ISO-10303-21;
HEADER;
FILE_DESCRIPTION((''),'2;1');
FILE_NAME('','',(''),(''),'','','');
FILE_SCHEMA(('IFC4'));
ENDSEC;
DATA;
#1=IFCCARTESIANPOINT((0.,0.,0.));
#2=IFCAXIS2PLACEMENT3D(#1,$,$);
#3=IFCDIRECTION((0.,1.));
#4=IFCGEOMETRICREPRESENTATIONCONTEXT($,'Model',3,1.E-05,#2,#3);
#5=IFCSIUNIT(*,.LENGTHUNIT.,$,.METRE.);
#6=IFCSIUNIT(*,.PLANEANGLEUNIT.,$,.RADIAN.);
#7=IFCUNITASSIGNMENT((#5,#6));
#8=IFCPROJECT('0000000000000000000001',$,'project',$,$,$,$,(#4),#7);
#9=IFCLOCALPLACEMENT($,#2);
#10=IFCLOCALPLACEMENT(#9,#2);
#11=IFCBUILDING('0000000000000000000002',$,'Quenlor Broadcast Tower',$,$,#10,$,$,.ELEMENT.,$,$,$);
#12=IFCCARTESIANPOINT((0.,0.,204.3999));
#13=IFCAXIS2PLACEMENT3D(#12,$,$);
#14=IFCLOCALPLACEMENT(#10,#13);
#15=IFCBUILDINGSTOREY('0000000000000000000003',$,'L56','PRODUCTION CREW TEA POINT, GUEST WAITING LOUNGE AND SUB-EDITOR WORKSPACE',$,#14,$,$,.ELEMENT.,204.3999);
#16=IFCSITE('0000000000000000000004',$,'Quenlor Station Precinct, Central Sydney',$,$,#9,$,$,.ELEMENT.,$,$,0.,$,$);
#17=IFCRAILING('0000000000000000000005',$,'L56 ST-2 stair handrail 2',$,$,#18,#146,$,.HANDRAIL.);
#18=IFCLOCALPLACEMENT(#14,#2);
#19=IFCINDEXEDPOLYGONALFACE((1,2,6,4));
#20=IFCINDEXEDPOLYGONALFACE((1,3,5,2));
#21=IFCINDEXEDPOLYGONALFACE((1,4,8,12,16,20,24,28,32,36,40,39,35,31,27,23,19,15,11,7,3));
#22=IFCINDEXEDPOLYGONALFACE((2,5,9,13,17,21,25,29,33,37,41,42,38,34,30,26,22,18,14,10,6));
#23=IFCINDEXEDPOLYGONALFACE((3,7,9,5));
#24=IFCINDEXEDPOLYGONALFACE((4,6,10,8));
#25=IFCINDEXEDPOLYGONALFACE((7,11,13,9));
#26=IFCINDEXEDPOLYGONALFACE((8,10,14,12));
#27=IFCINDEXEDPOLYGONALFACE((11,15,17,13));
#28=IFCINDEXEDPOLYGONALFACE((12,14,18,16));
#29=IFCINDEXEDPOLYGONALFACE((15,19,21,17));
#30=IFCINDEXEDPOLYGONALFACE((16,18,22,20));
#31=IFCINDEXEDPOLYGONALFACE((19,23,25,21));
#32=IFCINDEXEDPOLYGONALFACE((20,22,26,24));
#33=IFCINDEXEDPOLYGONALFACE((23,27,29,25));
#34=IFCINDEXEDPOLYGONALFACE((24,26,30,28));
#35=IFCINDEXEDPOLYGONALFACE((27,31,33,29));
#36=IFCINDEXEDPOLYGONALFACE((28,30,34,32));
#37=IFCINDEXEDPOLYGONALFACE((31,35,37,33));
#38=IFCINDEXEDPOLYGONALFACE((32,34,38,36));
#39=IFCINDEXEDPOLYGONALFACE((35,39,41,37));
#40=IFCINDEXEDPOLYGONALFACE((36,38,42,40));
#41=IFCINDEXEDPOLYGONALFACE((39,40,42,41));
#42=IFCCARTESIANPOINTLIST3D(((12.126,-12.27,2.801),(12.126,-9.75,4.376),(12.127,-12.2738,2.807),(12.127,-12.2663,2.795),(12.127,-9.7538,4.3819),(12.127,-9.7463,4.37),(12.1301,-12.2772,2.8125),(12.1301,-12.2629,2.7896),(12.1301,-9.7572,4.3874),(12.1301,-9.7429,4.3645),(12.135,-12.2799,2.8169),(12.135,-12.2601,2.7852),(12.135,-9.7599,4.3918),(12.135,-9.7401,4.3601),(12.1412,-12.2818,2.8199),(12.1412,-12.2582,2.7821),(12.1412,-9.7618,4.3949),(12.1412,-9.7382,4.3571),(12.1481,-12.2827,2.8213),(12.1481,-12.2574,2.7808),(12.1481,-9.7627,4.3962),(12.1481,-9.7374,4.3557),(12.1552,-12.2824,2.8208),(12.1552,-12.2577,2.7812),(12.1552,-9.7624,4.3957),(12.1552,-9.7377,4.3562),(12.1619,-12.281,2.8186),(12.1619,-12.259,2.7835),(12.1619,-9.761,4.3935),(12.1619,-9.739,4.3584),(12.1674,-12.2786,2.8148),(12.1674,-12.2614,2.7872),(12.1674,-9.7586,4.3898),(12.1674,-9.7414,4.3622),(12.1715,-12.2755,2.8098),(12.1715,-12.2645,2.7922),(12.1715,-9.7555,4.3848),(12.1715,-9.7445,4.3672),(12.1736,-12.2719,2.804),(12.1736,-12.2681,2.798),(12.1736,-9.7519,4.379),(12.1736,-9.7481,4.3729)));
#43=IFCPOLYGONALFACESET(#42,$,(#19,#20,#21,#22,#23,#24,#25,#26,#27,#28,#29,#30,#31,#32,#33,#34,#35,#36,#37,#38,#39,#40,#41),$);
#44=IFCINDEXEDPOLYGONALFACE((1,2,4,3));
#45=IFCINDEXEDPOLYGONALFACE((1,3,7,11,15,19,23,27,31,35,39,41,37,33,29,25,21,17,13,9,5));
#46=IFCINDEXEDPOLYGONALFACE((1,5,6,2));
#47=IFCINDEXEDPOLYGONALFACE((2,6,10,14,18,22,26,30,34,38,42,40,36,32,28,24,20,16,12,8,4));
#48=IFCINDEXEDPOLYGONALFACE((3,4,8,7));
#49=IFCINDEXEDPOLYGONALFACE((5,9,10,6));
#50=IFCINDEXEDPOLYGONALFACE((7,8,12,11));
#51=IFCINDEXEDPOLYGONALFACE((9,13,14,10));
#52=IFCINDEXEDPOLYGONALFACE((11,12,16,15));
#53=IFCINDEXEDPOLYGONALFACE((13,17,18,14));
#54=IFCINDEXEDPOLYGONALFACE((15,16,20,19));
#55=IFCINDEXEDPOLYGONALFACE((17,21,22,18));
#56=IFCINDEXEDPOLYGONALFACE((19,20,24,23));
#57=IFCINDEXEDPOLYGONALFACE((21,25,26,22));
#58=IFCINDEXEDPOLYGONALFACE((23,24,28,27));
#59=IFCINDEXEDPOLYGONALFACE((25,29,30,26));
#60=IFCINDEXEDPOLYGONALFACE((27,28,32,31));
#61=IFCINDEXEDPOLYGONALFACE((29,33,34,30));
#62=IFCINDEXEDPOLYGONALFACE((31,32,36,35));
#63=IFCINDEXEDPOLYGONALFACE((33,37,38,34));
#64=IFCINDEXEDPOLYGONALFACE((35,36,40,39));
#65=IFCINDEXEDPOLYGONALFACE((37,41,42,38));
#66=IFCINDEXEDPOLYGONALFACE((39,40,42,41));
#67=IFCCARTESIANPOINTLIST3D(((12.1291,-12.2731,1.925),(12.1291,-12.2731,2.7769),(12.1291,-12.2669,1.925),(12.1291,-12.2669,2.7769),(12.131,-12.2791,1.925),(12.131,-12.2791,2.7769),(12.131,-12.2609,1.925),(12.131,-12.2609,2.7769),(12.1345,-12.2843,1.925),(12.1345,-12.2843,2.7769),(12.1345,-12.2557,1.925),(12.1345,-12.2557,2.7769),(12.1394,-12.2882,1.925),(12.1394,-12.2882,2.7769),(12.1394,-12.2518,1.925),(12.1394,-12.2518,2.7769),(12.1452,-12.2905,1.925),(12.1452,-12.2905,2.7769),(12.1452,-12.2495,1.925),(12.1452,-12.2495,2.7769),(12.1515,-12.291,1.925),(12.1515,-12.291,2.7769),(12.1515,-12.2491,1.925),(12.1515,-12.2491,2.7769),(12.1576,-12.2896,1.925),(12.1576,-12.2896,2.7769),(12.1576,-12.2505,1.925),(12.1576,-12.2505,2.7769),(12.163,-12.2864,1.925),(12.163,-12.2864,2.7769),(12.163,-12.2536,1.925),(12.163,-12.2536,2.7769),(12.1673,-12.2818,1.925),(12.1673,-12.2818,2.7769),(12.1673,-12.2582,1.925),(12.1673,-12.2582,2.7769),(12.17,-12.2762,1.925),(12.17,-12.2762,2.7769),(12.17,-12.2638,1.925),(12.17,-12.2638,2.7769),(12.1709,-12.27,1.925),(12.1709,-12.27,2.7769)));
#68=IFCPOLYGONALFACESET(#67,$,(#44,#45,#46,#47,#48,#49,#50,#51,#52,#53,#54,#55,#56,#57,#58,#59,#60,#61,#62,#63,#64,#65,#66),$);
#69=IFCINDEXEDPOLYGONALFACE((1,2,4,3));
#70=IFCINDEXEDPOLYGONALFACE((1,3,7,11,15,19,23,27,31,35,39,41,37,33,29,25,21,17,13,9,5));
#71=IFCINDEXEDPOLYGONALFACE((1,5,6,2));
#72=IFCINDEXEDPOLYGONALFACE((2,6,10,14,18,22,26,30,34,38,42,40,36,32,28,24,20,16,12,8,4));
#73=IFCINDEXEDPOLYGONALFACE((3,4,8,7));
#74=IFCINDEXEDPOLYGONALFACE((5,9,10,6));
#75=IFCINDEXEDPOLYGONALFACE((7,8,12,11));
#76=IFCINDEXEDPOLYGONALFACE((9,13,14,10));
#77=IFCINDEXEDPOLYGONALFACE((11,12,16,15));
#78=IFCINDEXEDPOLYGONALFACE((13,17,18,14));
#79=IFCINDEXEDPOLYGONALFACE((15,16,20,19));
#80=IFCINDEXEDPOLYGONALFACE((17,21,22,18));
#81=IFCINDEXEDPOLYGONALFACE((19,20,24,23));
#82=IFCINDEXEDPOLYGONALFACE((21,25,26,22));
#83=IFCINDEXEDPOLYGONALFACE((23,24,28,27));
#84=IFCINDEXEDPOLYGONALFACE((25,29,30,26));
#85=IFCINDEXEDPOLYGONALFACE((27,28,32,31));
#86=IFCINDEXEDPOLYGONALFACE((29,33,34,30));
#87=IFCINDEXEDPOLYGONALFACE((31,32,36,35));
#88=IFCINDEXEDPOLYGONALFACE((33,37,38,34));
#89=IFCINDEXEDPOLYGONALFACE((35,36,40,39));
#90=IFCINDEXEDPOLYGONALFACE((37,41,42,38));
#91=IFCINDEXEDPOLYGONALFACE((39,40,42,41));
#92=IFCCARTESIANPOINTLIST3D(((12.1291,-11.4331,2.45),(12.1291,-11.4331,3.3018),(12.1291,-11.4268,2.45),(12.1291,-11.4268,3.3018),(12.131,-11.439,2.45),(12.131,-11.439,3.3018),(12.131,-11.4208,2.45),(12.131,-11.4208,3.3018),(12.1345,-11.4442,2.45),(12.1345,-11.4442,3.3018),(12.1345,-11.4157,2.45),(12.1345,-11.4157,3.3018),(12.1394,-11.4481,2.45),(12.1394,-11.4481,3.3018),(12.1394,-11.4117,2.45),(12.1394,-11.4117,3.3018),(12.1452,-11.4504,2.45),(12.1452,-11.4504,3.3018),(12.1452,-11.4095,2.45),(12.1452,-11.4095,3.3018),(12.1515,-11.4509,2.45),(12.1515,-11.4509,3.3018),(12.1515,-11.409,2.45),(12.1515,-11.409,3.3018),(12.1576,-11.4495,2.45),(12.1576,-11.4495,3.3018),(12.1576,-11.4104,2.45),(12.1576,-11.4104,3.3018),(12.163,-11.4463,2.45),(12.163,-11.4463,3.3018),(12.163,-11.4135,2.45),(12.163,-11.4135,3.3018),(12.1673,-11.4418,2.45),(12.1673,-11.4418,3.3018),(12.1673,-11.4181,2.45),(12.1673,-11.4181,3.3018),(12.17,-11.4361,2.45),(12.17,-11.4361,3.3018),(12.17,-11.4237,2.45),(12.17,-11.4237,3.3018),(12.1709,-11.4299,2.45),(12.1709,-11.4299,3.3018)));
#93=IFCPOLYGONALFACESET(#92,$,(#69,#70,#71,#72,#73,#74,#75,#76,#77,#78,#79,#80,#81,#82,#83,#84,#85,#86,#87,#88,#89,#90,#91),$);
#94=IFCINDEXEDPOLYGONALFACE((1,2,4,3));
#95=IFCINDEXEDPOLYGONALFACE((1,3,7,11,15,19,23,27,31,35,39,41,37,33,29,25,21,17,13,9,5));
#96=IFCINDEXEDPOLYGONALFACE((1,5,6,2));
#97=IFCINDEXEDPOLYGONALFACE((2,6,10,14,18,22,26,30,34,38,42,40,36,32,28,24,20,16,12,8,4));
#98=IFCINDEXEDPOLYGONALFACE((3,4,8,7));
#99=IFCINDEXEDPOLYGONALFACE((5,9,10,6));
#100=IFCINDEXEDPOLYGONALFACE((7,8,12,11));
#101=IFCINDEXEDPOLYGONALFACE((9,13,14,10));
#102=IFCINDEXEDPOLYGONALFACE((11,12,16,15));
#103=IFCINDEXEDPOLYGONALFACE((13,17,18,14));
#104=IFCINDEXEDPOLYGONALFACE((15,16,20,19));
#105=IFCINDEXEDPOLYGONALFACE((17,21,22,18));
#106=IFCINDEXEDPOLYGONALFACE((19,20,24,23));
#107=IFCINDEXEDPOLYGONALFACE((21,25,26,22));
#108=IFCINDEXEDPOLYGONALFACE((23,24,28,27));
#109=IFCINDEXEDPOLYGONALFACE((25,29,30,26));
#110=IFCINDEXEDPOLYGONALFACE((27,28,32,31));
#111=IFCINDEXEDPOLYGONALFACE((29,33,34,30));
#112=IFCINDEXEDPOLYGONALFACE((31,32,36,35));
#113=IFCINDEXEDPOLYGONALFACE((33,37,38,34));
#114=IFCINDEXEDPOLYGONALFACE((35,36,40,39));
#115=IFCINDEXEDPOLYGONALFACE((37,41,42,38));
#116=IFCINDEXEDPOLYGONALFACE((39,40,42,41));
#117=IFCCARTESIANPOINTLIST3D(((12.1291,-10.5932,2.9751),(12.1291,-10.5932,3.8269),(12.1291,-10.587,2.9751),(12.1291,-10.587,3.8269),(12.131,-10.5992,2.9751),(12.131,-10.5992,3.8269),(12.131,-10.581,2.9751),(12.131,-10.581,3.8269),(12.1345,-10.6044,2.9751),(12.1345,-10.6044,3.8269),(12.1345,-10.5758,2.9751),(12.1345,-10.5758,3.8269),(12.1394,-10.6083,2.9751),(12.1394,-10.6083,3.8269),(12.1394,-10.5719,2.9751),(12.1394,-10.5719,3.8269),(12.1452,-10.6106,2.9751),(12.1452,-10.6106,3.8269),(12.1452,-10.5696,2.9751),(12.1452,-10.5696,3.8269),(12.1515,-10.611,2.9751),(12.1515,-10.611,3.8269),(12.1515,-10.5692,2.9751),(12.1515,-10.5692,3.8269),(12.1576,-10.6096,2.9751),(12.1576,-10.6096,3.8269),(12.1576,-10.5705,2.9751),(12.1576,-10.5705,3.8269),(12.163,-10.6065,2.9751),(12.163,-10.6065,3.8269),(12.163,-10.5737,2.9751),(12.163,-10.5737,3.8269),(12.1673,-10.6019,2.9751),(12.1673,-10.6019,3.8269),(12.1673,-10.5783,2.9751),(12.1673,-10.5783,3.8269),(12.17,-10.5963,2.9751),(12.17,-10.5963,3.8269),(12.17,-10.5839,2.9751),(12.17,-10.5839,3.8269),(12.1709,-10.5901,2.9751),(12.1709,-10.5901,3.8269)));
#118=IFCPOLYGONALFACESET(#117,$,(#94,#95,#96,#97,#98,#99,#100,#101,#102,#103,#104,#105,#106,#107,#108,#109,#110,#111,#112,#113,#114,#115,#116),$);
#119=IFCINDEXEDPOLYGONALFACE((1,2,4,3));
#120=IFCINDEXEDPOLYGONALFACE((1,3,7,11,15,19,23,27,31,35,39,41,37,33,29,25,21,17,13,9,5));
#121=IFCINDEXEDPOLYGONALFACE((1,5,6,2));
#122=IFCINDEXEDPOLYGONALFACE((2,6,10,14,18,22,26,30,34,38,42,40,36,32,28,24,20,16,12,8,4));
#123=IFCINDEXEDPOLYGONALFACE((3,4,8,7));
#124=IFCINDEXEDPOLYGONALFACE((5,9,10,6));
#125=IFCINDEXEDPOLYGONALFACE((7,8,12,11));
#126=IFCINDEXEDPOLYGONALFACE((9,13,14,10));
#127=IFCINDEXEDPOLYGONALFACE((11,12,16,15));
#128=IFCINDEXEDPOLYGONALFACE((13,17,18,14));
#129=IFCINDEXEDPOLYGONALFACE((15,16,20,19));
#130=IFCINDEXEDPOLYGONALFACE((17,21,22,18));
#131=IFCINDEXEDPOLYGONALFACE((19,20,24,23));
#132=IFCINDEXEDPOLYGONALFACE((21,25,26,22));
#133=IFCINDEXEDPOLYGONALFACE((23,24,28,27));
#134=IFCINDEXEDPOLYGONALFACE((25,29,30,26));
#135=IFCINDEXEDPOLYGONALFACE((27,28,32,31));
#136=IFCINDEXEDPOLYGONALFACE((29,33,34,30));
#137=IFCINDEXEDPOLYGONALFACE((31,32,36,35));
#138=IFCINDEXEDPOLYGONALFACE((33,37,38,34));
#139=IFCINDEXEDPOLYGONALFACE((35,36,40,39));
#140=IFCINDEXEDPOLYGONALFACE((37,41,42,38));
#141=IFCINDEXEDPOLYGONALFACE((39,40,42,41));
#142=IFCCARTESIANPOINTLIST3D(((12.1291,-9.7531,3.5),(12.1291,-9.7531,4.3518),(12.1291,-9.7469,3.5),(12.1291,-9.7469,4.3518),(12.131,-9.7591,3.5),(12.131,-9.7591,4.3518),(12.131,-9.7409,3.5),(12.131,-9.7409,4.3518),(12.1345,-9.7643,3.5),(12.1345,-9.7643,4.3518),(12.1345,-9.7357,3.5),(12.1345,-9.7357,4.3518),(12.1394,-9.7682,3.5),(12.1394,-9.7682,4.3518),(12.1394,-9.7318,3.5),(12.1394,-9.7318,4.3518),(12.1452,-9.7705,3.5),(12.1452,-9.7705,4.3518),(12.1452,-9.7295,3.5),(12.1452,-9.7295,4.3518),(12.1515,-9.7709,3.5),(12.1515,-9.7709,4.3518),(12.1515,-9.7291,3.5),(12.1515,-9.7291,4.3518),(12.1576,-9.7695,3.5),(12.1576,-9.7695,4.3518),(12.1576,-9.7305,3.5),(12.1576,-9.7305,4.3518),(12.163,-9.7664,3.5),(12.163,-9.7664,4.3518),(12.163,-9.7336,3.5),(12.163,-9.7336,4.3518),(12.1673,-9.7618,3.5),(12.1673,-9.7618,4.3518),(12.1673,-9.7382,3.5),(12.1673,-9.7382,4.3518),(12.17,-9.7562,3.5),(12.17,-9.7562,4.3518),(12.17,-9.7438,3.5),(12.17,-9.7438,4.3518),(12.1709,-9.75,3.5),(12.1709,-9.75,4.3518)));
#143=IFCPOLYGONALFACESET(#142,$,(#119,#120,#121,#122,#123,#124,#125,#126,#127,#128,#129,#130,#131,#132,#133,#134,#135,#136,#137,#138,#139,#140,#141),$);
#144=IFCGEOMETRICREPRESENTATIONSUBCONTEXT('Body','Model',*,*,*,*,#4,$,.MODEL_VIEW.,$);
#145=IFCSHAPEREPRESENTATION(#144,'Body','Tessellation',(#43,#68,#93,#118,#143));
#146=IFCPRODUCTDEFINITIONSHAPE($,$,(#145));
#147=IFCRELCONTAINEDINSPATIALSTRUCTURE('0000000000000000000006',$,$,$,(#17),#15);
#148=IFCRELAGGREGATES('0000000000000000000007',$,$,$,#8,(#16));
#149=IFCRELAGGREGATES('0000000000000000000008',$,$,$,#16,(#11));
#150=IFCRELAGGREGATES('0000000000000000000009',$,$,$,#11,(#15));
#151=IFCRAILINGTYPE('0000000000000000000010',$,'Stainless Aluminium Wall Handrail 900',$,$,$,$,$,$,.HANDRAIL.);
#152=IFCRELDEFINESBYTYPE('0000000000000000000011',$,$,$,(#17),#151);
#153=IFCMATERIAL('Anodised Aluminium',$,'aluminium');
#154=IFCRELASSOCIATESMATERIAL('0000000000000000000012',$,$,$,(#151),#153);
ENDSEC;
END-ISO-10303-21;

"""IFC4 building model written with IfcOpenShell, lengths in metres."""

from ifc_helpers import new_model, si_unit, direction, frame, origin, origin_2d, place, context, subcontext, project, spatial, circle, extrude, material, type_object, element, save


model = new_model("IFC4")

# Units and contexts
model_context = context("Model", 3, precision=1e-05, world=origin(), true_north=direction((0.0, 1.0)))
body_context = subcontext(model_context, "Body", "Model", "MODEL_VIEW")
ifc_project = project(units=[si_unit("LENGTHUNIT", "METRE"), si_unit("PLANEANGLEUNIT", "RADIAN")], contexts=[model_context])

# Site, building, storey
site_placement = place(None, origin())
site = spatial("IfcSite", under=ifc_project, at=site_placement, Name="Quenlor Station Precinct, Central Sydney", CompositionType="ELEMENT", RefElevation=0.0)
building_placement = place(site_placement, origin())
building = spatial("IfcBuilding", under=site, at=building_placement, Name="Quenlor Broadcast Tower", CompositionType="ELEMENT")
storey_placement = place(building_placement, frame((0.0, 0.0, 204.3999)))
storey = spatial("IfcBuildingStorey", under=building, at=storey_placement, Name="L56", Description="PRODUCTION CREW TEA POINT, GUEST WAITING LOUNGE AND SUB-EDITOR WORKSPACE", CompositionType="ELEMENT", Elevation=204.3999)

# Railing
ifc_material_1 = material(Name="Anodised Aluminium", Category="aluminium")
railing_type_1 = type_object("IfcRailingType", Name="Stainless Aluminium Wall Handrail 900", PredefinedType="HANDRAIL", material=ifc_material_1)
railing_1_placement = place(storey_placement, frame((12.1499, -12.27, 1.925)))
element("IfcRailing", 1, at=railing_1_placement, inside=storey, type_object=railing_type_1, Name="L56 ST-2 stair handrail 2", PredefinedType="HANDRAIL", context=body_context, shape_type="SweptSolid", body=[
    extrude(circle(Radius=0.0239, at=origin_2d()), frame((0.0, 0.0, 0.876), z_axis=(0.0, 0.848008, 0.529984), x_axis=(-1.0, 0.0, 0.0)), (0.0, 0.0, 1.0), 2.9717),
    extrude(circle(Radius=0.021, at=origin_2d()), origin(), (0.0, 0.0, 1.0), 0.8518),
    extrude(circle(Radius=0.021, at=origin_2d()), frame((0.0, 0.8401, 0.5249)), (0.0, 0.0, 1.0), 0.8518),
    extrude(circle(Radius=0.021, at=origin_2d()), frame((0.0, 1.6799, 1.05)), (0.0, 0.0, 1.0), 0.8518),
    extrude(circle(Radius=0.021, at=origin_2d()), frame((0.0, 2.52, 1.575)), (0.0, 0.0, 1.0), 0.8518),
])

save(model, "model.ifc")
